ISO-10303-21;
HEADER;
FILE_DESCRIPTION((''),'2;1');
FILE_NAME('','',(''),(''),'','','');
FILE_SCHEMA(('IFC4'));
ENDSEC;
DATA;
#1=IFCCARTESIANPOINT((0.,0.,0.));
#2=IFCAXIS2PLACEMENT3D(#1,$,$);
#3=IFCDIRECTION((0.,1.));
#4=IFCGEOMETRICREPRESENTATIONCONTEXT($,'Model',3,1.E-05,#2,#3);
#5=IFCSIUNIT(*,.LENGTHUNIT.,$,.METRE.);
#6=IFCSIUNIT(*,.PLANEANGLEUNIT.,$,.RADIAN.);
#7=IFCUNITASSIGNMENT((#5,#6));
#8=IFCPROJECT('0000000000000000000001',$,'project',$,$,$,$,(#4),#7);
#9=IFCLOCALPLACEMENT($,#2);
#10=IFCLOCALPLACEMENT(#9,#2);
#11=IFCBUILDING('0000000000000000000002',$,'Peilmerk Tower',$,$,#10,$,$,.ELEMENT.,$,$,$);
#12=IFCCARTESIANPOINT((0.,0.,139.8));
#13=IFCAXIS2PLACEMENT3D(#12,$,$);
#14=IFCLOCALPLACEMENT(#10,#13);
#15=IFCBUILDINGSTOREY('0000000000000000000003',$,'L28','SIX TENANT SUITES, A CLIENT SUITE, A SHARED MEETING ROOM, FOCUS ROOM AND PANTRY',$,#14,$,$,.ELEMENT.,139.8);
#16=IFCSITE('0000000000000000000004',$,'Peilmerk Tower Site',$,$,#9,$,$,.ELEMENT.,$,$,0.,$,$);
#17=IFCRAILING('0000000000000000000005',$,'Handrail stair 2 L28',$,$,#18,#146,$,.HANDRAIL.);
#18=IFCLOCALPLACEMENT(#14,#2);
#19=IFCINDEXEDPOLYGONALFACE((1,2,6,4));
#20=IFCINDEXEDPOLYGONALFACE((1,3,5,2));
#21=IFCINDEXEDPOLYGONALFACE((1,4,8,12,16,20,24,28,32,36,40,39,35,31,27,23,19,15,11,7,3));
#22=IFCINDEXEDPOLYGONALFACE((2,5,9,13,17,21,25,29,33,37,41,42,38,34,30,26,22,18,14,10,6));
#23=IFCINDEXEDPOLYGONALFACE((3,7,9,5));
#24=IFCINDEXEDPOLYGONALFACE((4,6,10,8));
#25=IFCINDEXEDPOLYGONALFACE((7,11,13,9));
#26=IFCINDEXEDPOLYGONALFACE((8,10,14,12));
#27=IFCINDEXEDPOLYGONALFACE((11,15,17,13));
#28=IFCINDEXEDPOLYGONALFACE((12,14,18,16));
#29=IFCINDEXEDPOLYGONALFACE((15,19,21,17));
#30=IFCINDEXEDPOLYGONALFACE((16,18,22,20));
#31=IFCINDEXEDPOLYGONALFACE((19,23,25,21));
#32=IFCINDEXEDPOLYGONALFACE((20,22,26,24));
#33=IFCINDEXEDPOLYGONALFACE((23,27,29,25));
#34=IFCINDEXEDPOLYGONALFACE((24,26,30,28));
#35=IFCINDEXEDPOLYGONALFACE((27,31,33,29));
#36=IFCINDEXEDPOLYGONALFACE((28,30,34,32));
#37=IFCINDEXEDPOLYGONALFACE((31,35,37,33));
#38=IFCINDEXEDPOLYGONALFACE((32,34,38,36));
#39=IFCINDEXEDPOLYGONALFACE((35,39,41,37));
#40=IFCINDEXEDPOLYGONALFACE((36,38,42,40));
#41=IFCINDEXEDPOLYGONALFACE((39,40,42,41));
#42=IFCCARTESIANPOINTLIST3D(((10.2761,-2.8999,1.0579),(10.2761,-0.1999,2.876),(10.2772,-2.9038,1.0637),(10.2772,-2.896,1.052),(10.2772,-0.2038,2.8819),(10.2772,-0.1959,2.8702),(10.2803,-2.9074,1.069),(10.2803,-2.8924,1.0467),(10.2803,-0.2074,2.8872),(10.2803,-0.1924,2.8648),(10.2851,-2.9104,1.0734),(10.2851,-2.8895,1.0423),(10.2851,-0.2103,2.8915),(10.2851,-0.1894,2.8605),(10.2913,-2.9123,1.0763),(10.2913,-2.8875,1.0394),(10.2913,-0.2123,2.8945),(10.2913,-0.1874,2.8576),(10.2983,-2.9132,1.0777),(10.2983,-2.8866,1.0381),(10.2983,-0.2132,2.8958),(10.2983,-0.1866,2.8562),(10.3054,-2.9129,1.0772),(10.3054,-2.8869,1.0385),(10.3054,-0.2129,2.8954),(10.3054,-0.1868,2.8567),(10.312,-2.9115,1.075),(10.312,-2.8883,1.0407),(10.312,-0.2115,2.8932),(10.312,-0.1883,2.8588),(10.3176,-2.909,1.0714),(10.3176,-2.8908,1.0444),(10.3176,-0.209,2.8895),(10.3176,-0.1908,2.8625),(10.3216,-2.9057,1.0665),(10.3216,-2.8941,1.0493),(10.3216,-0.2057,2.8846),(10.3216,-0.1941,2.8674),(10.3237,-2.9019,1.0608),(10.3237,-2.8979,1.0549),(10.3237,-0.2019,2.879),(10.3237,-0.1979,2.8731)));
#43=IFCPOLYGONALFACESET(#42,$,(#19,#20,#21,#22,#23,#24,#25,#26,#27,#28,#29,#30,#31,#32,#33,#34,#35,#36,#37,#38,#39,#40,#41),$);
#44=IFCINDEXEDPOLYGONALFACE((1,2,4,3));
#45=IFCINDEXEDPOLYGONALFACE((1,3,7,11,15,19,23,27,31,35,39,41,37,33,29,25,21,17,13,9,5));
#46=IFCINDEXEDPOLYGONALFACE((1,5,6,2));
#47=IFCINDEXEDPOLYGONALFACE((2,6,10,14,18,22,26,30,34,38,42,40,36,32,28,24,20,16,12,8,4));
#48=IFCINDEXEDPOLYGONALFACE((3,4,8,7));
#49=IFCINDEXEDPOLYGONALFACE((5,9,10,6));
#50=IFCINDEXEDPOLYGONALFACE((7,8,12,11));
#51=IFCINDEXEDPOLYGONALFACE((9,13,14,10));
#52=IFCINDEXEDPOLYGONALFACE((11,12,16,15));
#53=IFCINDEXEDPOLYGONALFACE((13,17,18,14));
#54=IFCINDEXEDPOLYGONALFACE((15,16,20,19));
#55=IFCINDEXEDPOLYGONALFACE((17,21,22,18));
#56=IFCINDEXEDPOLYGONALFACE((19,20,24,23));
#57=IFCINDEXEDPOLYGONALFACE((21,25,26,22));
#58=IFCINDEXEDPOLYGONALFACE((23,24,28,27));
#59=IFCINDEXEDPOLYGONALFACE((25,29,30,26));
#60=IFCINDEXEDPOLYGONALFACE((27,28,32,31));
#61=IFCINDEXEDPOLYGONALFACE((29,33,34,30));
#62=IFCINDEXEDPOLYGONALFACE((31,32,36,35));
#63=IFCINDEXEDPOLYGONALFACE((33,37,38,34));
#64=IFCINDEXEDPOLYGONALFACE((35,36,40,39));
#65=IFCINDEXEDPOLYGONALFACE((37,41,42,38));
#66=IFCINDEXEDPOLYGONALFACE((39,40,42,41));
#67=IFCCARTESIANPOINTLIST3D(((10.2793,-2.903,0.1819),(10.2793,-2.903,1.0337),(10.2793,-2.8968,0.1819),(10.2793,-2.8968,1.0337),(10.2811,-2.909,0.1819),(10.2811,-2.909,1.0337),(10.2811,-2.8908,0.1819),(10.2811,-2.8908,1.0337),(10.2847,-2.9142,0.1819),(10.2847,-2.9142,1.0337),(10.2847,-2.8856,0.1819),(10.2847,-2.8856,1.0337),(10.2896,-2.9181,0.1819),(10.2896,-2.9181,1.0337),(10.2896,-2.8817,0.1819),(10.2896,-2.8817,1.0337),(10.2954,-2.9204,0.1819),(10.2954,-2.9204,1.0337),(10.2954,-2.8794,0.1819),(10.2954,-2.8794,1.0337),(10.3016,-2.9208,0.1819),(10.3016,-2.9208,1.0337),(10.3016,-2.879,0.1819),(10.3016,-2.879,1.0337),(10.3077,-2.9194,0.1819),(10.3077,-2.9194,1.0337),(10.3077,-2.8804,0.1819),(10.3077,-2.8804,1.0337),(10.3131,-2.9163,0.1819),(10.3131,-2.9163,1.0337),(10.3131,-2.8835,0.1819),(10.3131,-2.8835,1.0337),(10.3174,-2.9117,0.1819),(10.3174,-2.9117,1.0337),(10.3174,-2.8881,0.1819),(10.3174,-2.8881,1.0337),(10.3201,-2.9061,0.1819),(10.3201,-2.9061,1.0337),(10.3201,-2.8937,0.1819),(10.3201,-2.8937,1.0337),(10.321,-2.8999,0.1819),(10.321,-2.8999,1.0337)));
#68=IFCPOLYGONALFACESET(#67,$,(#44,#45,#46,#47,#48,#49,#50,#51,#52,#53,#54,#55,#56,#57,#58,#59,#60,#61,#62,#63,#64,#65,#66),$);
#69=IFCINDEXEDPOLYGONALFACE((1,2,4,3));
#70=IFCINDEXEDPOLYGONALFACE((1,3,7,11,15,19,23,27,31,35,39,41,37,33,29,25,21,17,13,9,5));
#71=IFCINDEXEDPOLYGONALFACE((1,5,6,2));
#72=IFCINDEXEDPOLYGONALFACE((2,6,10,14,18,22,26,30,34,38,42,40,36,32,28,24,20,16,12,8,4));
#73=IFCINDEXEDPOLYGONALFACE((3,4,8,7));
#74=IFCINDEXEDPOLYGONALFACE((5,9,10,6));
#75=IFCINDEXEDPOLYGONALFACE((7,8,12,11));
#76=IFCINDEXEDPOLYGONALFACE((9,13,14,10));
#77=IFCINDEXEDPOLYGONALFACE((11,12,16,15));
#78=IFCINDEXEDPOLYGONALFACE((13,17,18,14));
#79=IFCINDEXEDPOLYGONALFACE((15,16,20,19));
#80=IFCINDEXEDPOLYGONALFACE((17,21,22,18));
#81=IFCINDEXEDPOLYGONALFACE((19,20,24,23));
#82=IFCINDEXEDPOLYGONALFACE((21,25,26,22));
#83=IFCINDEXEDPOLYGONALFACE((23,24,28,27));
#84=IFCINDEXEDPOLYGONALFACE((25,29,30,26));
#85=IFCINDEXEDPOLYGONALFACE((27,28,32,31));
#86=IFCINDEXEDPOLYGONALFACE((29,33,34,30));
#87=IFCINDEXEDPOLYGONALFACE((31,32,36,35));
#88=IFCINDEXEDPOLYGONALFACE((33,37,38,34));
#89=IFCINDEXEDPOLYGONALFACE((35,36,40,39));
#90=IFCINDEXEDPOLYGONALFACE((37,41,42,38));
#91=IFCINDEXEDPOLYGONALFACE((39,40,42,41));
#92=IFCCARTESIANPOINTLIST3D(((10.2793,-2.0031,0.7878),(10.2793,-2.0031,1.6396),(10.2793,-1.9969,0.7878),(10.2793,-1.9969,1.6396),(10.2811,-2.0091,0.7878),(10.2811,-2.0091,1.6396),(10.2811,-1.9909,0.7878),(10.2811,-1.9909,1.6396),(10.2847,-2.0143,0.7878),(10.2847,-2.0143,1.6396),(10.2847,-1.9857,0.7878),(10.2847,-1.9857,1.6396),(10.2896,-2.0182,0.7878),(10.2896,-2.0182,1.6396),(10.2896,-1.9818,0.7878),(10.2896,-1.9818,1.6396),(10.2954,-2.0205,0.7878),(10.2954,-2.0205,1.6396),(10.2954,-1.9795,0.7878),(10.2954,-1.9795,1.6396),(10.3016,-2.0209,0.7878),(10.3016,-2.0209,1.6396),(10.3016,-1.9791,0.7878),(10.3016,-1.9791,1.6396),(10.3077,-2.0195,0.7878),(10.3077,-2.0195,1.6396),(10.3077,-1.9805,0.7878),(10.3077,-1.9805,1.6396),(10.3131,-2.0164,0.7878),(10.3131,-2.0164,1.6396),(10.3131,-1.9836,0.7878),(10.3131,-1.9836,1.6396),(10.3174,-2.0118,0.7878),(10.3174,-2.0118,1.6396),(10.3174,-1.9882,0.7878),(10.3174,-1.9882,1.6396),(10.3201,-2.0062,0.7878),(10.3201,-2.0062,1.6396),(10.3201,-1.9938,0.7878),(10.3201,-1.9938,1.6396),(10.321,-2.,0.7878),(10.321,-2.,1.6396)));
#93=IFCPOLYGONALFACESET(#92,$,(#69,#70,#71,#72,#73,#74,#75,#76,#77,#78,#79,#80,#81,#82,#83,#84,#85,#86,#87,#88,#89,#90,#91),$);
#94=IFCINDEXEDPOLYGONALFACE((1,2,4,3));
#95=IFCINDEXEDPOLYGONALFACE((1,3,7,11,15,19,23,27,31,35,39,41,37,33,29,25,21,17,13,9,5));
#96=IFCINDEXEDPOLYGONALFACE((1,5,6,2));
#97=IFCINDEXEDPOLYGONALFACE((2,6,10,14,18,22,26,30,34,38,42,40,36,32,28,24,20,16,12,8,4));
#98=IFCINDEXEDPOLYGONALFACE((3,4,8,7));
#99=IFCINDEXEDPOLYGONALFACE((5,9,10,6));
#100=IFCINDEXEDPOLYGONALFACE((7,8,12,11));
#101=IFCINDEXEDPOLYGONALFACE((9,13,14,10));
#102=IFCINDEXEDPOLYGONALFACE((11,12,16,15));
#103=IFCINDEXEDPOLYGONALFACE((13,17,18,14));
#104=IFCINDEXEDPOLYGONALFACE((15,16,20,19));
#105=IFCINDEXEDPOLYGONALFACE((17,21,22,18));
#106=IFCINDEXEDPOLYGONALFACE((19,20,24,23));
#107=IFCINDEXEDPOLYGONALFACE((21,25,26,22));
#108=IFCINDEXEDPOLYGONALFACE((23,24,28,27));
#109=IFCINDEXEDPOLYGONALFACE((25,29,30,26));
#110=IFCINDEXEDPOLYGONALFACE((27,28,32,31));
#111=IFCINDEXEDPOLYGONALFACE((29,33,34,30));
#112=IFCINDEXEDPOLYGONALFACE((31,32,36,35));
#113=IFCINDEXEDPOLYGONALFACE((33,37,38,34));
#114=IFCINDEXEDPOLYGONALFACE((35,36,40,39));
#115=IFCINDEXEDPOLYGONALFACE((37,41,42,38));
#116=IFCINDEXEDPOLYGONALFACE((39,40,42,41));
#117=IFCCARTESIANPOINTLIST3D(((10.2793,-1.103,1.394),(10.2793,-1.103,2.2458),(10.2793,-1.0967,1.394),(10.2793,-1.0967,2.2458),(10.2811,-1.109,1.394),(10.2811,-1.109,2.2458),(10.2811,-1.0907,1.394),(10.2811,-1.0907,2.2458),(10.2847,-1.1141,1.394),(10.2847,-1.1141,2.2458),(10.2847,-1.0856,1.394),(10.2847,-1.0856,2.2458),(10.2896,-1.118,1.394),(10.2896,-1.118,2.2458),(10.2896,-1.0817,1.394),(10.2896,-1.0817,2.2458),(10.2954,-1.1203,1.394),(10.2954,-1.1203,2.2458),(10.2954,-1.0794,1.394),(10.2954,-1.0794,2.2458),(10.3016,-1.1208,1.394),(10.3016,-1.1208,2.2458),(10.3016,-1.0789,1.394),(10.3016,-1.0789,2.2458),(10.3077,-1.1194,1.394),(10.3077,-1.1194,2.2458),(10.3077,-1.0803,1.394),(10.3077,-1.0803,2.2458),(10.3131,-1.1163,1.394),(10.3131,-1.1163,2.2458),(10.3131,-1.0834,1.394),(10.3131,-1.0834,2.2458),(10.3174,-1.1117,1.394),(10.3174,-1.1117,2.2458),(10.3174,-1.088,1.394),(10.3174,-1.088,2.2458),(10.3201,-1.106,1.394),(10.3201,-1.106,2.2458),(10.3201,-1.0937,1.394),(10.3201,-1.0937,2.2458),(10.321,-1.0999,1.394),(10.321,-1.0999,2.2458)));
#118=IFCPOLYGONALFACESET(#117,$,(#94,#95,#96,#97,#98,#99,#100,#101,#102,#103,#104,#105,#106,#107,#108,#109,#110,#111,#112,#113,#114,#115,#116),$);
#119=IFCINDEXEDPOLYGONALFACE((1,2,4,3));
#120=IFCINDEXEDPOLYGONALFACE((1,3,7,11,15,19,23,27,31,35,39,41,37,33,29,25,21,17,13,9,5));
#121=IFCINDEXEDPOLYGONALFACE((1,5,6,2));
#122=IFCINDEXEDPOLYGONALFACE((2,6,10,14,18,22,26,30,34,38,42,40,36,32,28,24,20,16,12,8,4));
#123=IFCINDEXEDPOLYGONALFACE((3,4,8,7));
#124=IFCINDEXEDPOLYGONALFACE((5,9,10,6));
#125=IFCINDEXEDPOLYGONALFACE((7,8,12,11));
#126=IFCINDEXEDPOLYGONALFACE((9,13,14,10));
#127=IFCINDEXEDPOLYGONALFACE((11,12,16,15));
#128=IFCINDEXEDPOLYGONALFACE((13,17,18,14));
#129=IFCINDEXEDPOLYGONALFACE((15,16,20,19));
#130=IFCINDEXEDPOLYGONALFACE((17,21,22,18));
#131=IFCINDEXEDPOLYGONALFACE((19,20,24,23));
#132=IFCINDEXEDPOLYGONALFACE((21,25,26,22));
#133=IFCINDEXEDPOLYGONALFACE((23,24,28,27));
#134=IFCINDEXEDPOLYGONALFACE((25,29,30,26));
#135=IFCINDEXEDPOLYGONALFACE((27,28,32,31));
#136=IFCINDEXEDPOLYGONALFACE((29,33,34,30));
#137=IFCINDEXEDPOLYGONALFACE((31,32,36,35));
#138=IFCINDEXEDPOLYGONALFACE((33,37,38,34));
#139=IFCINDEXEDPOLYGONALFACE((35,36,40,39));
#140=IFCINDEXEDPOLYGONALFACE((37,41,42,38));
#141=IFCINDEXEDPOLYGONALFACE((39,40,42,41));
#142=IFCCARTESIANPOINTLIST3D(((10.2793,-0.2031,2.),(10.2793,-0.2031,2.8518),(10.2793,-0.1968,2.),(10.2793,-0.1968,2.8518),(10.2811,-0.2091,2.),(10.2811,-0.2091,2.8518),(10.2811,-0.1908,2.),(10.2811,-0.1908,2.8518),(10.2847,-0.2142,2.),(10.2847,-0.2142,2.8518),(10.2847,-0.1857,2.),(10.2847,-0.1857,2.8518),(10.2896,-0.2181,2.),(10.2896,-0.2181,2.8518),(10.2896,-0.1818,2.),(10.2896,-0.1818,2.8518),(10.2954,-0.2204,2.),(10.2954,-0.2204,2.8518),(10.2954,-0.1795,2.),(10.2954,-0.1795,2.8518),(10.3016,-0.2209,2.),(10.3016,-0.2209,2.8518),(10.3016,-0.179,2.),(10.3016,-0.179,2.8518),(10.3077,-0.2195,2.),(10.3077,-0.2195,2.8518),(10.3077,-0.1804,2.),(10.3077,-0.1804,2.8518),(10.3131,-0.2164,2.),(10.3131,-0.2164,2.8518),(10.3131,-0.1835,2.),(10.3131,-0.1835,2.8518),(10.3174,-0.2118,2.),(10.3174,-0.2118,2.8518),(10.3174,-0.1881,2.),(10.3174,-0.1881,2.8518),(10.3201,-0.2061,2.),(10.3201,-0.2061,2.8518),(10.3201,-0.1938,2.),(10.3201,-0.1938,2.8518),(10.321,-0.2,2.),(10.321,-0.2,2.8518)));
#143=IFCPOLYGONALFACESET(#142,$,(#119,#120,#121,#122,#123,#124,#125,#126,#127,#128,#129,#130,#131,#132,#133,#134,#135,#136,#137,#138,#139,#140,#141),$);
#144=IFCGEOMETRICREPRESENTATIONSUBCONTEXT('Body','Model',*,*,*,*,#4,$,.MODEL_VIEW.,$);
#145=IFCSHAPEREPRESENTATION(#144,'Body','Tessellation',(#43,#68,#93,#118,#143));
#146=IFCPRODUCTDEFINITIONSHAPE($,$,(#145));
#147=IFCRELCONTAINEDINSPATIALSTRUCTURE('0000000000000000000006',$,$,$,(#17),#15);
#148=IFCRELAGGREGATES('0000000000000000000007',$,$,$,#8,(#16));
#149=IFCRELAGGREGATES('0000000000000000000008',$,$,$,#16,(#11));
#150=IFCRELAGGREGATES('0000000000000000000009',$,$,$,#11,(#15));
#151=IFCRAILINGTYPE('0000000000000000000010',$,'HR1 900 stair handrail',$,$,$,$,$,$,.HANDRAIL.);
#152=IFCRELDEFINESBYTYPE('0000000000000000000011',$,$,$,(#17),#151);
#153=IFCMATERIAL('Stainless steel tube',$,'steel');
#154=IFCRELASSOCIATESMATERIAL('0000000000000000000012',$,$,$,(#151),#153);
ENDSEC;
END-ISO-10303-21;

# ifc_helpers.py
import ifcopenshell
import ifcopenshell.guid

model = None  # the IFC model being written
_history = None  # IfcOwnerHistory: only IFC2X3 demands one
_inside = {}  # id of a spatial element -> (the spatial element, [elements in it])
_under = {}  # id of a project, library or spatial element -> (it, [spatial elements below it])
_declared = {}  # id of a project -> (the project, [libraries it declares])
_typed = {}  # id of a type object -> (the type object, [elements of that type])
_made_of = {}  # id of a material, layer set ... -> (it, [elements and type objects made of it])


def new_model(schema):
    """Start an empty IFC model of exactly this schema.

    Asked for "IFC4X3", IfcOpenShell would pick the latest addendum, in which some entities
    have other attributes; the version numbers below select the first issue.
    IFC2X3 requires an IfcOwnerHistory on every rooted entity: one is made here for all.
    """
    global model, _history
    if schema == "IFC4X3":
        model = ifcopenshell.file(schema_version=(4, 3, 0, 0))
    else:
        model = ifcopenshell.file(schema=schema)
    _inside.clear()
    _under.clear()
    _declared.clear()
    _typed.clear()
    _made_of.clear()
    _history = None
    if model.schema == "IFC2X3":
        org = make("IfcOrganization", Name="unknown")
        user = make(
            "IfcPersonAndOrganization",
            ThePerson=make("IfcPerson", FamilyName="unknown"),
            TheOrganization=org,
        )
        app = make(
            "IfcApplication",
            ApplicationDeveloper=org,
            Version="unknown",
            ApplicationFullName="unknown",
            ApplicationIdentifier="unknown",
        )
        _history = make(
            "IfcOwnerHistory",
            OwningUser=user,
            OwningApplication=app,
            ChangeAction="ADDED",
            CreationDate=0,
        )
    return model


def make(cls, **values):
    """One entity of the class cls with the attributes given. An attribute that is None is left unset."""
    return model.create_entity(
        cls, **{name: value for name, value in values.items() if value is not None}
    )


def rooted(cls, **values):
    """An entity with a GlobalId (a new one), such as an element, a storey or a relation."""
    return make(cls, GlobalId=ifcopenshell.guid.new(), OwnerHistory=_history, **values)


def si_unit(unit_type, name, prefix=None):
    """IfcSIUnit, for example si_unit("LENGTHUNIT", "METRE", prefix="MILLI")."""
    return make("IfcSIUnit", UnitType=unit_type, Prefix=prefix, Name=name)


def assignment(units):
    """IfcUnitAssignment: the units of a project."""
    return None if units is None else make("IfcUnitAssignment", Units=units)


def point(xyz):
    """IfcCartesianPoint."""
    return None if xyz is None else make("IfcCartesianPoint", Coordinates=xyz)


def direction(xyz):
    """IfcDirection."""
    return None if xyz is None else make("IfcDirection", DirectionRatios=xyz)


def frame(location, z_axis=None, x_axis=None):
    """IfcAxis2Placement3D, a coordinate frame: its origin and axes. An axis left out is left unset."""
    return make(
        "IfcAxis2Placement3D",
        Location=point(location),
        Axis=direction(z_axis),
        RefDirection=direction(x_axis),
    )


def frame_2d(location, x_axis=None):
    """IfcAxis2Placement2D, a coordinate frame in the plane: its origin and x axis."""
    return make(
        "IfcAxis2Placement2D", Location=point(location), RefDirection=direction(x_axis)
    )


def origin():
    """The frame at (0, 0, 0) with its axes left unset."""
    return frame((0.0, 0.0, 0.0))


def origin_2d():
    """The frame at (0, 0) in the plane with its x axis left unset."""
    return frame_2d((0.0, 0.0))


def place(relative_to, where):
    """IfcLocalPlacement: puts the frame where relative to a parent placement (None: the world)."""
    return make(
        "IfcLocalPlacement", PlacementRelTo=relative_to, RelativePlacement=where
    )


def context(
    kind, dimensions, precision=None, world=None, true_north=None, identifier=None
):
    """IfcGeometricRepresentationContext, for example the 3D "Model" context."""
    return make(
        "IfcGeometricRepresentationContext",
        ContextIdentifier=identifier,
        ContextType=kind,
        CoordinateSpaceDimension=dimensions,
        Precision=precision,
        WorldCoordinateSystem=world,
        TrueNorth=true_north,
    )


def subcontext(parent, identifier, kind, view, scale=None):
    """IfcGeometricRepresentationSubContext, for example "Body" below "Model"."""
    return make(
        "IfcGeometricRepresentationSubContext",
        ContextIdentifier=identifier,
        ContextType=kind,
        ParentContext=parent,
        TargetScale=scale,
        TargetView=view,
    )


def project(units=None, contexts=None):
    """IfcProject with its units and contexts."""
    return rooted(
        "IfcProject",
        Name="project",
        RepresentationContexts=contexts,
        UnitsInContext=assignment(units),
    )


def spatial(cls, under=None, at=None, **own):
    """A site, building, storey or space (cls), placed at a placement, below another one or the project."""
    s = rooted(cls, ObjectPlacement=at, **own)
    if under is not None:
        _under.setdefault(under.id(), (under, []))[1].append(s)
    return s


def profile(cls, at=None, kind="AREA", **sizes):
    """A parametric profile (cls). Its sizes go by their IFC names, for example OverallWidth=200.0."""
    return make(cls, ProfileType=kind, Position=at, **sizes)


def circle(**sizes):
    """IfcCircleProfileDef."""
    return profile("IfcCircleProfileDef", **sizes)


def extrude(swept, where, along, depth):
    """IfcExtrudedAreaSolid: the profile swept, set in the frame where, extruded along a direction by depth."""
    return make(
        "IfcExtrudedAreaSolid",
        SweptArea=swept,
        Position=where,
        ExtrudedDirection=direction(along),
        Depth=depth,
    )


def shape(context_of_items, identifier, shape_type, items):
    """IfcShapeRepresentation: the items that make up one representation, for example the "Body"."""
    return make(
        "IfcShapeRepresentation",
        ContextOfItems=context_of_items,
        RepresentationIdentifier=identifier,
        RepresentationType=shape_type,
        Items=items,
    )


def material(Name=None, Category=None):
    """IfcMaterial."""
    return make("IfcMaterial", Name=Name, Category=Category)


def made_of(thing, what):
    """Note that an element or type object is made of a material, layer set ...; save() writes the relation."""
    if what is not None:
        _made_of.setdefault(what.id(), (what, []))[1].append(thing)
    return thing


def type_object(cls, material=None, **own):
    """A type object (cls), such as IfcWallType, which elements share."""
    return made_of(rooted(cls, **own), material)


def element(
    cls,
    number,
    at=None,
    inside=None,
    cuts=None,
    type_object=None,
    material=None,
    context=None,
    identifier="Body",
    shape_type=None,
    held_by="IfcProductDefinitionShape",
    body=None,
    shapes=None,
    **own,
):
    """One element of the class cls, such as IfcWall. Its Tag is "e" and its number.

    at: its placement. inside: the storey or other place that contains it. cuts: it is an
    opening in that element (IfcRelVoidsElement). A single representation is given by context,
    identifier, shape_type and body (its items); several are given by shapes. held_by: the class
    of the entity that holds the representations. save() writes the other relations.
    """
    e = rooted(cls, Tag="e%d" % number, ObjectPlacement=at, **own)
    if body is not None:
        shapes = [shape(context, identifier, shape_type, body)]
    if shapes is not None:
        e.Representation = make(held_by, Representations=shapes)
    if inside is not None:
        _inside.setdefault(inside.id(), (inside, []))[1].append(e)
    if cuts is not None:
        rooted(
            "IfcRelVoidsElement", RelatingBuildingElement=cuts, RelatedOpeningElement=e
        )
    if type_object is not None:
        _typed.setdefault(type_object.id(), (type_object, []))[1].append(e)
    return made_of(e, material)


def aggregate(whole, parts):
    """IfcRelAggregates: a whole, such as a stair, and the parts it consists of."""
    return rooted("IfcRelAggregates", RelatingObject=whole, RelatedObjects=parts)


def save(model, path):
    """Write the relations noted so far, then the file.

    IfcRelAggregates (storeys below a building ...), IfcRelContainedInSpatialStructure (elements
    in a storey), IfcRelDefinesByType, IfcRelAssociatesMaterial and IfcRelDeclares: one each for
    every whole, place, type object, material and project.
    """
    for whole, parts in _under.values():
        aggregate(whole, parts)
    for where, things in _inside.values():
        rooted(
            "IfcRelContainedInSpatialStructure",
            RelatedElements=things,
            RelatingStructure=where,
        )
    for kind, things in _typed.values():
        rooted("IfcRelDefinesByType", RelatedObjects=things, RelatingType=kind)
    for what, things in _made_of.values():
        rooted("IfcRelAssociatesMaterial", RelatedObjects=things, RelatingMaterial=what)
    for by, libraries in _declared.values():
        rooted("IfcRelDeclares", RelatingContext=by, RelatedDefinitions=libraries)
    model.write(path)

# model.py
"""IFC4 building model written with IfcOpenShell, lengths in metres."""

from ifc_helpers import new_model, si_unit, direction, frame, origin, origin_2d, place, context, subcontext, project, spatial, circle, extrude, material, type_object, element, save


model = new_model("IFC4")

# Units and contexts
model_context = context("Model", 3, precision=1e-05, world=origin(), true_north=direction((0.0, 1.0)))
body_context = subcontext(model_context, "Body", "Model", "MODEL_VIEW")
ifc_project = project(units=[si_unit("LENGTHUNIT", "METRE"), si_unit("PLANEANGLEUNIT", "RADIAN")], contexts=[model_context])

# Site, building, storey
site_placement = place(None, origin())
site = spatial("IfcSite", under=ifc_project, at=site_placement, Name="Peilmerk Tower Site", CompositionType="ELEMENT", RefElevation=0.0)
building_placement = place(site_placement, origin())
building = spatial("IfcBuilding", under=site, at=building_placement, Name="Peilmerk Tower", CompositionType="ELEMENT")
storey_placement = place(building_placement, frame((0.0, 0.0, 139.8)))
storey = spatial("IfcBuildingStorey", under=building, at=storey_placement, Name="L28", Description="SIX TENANT SUITES, A CLIENT SUITE, A SHARED MEETING ROOM, FOCUS ROOM AND PANTRY", CompositionType="ELEMENT", Elevation=139.8)

# Railing
ifc_material_1 = material(Name="Stainless steel tube", Category="steel")
railing_type_1 = type_object("IfcRailingType", Name="HR1 900 stair handrail", PredefinedType="HANDRAIL", material=ifc_material_1)
railing_1_placement = place(storey_placement, frame((10.3, -2.8999, 0.1819)))
element("IfcRailing", 1, at=railing_1_placement, inside=storey, type_object=railing_type_1, Name="Handrail stair 2 L28", PredefinedType="HANDRAIL", context=body_context, shape_type="SweptSolid", body=[
    extrude(circle(Radius=0.0239, at=origin_2d()), frame((0.0, 0.0, 0.876), z_axis=(0.0, 0.829468, 0.558554), x_axis=(-1.0, 0.0, 0.0)), (0.0, 0.0, 1.0), 3.2551),
    extrude(circle(Radius=0.021, at=origin_2d()), origin(), (0.0, 0.0, 1.0), 0.8518),
    extrude(circle(Radius=0.021, at=origin_2d()), frame((0.0, 0.8999, 0.606)), (0.0, 0.0, 1.0), 0.8518),
    extrude(circle(Radius=0.021, at=origin_2d()), frame((0.0, 1.8, 1.2122)), (0.0, 0.0, 1.0), 0.8518),
    extrude(circle(Radius=0.021, at=origin_2d()), frame((0.0, 2.7, 1.8181)), (0.0, 0.0, 1.0), 0.8518),
])

save(model, "model.ifc")
